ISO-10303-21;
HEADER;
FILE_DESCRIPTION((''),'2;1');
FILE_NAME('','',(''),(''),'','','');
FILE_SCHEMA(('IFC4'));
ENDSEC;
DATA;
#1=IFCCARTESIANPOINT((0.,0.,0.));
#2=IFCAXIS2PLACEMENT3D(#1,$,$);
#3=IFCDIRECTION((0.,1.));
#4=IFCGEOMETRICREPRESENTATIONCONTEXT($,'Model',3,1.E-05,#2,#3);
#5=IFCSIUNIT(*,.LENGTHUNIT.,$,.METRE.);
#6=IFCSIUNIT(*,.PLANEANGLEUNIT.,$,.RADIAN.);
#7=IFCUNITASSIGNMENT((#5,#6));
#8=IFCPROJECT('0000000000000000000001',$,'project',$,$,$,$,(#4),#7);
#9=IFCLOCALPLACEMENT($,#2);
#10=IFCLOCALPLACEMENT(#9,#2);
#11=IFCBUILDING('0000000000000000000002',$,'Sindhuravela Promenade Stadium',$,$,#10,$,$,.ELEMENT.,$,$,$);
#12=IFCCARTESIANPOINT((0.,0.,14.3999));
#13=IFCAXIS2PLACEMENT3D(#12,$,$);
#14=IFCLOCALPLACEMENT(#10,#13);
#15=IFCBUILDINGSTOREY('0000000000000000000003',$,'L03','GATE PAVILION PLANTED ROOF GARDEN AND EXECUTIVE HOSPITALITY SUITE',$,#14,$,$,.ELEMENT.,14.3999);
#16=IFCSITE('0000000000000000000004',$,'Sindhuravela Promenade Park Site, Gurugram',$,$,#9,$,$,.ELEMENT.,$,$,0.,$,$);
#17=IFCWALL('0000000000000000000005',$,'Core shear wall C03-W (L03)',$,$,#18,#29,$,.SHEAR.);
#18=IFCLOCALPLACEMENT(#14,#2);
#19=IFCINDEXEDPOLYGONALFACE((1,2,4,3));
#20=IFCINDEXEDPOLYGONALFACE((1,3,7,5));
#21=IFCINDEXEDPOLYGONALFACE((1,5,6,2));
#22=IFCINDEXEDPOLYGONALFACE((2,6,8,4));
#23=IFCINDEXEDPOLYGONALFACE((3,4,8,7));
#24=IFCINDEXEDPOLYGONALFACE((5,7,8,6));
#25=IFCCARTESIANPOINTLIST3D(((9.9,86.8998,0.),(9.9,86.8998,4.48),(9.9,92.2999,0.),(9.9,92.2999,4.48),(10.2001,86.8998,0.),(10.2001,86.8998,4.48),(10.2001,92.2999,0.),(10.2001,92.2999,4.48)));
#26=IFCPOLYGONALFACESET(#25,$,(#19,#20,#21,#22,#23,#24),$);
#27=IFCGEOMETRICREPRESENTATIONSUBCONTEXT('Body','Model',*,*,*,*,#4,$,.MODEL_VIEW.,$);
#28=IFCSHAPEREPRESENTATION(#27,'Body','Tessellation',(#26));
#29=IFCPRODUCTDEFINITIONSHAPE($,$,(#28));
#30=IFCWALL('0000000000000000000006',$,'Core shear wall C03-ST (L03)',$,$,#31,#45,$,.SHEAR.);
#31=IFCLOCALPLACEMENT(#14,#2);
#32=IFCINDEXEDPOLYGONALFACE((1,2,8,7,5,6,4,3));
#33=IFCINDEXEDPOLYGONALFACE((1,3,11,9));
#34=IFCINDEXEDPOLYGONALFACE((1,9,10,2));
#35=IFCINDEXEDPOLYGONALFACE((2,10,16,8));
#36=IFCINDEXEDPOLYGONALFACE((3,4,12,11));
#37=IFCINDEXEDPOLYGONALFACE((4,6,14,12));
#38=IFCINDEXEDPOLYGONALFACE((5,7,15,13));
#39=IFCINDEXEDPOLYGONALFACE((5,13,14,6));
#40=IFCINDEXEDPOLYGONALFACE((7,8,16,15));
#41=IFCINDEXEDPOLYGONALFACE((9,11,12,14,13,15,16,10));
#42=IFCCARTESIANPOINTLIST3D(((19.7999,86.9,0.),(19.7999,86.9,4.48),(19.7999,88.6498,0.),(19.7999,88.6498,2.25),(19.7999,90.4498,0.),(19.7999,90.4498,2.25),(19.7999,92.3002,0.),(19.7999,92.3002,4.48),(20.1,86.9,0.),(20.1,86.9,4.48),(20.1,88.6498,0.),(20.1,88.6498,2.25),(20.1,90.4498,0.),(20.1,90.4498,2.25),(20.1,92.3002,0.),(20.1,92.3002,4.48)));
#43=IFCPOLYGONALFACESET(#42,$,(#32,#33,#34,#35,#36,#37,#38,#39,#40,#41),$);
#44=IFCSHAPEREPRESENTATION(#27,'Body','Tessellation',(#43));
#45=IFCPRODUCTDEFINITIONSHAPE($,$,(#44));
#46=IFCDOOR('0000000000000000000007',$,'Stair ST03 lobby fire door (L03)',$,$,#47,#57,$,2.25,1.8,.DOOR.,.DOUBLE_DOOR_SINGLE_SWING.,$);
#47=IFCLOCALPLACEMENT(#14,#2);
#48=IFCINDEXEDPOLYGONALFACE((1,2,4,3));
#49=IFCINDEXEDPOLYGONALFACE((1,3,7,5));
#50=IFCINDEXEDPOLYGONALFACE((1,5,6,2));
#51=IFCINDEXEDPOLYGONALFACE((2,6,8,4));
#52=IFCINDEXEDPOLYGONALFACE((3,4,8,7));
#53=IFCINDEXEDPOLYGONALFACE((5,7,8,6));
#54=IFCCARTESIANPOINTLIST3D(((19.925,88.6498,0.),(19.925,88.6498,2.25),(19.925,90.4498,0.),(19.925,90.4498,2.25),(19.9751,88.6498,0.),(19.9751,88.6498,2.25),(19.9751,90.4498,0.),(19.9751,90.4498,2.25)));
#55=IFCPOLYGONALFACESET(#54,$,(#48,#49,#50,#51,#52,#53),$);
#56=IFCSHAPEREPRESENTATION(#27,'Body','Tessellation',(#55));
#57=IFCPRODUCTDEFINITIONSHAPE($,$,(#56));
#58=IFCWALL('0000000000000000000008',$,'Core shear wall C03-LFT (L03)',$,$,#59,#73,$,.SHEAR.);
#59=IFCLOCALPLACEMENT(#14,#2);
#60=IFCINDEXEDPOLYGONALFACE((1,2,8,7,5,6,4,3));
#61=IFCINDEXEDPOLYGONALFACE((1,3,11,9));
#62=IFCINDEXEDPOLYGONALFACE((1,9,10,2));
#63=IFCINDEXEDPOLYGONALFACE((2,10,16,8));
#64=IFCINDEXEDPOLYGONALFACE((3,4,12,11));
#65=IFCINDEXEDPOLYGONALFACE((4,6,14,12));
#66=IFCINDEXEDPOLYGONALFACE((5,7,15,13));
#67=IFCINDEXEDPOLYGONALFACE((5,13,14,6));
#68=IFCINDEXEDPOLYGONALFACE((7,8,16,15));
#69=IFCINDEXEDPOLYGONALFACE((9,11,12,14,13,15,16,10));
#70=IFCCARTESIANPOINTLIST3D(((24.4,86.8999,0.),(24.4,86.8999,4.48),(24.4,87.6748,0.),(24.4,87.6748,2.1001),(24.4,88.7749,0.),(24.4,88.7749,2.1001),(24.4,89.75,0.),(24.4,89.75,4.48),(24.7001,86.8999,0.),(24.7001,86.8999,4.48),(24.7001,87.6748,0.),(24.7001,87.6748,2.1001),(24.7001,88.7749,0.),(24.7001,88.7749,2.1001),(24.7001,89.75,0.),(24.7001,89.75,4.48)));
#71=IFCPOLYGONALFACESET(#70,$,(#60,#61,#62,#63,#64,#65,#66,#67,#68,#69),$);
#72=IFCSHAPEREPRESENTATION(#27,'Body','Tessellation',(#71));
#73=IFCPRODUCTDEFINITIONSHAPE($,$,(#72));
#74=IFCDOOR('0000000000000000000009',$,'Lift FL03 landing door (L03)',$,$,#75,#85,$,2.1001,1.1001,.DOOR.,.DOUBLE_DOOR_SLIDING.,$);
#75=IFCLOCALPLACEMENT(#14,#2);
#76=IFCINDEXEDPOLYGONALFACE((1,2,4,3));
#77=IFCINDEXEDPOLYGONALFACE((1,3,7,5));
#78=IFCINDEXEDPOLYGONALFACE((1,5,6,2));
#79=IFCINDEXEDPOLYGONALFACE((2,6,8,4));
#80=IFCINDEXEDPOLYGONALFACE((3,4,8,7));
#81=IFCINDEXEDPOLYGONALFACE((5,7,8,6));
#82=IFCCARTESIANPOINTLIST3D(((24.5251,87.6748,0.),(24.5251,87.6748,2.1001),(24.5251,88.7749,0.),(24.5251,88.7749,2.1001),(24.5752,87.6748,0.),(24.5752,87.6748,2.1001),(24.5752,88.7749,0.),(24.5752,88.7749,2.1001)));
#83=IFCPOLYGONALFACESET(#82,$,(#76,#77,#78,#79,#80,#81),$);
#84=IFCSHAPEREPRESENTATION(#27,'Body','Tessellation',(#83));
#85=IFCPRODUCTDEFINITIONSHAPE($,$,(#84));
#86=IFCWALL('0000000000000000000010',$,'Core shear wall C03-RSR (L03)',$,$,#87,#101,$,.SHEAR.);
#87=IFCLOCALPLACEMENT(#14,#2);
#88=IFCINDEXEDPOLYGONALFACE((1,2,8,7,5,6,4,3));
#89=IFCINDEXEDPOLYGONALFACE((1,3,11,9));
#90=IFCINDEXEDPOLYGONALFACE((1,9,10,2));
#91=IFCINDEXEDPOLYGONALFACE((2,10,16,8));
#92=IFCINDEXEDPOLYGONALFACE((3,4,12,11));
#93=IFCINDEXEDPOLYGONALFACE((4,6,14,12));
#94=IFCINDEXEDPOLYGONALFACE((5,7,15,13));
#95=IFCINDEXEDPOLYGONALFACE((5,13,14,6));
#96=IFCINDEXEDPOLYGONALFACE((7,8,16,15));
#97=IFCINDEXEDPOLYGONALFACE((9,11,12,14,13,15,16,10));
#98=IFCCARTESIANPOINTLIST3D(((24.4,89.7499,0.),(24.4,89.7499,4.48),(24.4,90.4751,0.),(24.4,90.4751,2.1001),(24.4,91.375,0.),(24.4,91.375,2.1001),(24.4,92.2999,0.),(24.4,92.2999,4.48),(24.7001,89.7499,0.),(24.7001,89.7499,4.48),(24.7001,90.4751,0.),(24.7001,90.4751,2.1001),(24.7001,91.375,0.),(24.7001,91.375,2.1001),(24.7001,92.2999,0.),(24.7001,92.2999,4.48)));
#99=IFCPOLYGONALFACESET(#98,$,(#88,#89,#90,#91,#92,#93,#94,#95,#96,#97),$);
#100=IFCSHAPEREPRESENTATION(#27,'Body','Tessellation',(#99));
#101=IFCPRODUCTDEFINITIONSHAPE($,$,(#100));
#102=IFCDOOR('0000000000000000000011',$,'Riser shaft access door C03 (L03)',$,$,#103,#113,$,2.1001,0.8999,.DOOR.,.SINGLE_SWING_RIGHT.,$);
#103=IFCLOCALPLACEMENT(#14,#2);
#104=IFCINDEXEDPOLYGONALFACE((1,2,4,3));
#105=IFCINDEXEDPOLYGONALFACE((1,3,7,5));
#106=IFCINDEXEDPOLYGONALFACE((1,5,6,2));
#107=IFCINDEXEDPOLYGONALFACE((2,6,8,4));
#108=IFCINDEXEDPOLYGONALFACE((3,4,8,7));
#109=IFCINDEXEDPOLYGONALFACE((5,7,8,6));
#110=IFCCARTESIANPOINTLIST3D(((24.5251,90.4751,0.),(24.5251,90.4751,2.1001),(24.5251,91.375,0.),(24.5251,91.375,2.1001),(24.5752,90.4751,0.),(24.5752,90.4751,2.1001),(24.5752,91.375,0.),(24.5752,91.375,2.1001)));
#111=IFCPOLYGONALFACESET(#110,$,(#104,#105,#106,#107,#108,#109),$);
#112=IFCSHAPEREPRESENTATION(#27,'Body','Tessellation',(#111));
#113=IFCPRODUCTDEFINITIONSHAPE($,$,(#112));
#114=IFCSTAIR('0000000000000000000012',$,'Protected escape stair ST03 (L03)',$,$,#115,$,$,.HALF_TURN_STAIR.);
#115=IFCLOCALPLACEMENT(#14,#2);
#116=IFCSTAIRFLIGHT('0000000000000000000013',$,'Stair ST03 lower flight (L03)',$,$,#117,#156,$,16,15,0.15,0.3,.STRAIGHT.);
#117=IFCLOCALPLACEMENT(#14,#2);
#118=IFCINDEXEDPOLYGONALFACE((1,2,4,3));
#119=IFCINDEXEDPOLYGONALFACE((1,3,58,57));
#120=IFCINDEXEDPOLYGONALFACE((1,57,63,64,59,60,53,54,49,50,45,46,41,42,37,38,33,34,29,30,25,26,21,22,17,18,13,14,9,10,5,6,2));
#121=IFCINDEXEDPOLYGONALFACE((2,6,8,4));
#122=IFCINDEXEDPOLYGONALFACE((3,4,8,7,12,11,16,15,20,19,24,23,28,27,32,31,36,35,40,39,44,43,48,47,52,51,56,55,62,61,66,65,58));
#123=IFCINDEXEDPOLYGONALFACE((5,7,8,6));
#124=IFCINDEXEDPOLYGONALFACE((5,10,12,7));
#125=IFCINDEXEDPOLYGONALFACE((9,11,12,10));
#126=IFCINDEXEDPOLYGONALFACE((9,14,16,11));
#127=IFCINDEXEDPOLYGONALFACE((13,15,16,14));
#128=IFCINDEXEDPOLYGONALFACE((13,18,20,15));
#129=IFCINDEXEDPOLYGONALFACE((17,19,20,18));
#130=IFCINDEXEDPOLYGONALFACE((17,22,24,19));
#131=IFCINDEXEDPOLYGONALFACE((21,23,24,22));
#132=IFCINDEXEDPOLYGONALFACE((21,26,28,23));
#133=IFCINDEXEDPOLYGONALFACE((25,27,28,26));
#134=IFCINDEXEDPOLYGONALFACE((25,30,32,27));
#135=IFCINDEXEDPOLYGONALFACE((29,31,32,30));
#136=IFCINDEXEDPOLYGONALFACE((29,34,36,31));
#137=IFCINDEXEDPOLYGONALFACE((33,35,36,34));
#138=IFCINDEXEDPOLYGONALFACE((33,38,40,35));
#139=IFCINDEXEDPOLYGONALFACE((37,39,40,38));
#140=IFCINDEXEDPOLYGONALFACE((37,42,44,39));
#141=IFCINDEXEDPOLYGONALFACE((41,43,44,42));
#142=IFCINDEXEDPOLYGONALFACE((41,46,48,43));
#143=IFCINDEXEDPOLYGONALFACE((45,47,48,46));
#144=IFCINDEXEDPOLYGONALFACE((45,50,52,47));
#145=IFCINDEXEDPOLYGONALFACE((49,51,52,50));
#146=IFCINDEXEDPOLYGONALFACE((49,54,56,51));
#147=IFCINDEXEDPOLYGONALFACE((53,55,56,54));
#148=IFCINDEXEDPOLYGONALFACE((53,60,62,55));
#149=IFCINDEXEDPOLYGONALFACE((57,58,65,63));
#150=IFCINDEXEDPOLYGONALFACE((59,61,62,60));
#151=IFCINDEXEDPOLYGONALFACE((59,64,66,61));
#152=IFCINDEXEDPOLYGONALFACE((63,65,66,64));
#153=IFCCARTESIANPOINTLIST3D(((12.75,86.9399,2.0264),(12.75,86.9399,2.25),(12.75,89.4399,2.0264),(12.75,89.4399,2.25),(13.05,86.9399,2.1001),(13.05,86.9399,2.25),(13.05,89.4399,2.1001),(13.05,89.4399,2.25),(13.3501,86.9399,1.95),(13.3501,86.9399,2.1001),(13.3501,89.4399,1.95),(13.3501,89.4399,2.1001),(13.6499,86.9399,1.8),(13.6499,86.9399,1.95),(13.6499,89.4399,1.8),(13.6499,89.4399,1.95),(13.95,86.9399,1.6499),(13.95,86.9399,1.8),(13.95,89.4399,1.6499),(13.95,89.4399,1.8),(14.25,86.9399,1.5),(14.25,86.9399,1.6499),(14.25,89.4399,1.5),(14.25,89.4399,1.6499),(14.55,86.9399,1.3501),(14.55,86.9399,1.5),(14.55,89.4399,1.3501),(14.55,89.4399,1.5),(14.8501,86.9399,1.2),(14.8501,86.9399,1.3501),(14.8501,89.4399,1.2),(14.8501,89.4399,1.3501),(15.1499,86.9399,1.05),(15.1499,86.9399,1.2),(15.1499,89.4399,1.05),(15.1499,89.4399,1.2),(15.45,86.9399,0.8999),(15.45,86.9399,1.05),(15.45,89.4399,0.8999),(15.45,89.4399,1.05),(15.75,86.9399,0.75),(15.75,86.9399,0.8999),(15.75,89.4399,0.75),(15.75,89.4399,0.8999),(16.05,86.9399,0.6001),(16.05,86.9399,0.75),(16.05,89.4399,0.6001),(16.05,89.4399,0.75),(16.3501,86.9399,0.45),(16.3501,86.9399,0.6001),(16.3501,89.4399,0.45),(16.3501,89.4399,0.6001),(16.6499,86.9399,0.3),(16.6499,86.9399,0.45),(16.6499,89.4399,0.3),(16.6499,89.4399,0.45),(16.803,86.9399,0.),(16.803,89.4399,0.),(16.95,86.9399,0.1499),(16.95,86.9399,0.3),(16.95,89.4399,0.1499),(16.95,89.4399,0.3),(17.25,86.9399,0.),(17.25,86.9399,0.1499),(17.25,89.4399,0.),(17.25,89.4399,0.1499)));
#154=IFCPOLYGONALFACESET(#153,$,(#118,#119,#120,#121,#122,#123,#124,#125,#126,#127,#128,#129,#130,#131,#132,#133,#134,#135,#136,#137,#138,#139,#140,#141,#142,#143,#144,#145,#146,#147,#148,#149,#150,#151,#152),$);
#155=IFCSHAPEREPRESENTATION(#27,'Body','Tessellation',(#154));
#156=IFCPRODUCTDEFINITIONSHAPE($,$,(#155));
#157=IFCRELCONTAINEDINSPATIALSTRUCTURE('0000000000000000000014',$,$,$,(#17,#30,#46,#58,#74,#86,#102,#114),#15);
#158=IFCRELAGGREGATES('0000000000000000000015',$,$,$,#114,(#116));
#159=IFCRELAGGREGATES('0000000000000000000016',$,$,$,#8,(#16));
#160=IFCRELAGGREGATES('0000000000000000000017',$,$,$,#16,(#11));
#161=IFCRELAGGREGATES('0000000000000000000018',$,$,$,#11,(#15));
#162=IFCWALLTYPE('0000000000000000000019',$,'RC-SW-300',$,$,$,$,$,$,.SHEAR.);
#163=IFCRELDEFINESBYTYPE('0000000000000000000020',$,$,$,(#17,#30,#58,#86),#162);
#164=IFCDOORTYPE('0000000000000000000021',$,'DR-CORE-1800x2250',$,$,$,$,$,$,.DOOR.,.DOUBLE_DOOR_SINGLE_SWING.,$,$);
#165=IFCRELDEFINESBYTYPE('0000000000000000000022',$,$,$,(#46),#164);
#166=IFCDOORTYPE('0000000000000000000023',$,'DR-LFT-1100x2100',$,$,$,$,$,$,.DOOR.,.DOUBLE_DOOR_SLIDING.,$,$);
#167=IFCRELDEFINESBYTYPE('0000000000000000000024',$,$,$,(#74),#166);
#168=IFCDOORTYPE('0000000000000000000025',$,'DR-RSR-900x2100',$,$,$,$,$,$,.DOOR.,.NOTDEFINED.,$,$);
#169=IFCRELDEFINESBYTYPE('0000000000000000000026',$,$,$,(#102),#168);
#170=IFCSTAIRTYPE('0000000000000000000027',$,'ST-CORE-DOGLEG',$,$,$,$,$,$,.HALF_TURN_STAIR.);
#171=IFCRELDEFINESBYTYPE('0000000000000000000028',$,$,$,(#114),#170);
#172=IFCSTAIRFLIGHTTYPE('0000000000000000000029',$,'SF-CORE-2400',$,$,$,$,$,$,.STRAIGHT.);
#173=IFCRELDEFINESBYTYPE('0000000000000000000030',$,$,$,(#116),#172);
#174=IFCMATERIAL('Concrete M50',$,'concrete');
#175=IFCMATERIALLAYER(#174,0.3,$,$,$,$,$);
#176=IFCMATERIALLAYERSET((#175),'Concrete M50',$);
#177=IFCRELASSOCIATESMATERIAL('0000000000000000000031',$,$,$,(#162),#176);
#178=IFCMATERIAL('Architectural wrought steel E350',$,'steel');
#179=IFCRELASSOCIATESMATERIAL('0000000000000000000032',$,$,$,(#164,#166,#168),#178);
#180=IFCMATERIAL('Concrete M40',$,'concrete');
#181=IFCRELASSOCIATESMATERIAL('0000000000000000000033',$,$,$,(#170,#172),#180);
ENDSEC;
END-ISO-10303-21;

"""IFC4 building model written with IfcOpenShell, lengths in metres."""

from ifc_helpers import new_model, si_unit, direction, frame, frame_2d, origin, place, context, subcontext, project, spatial, polyline, rectangle, outline, extrude, material, layer, layer_set, type_object, element, fill, aggregate, save


model = new_model("IFC4")

# Units and contexts
model_context = context("Model", 3, precision=1e-05, world=origin(), true_north=direction((0.0, 1.0)))
body_context = subcontext(model_context, "Body", "Model", "MODEL_VIEW")
ifc_project = project(units=[si_unit("LENGTHUNIT", "METRE"), si_unit("PLANEANGLEUNIT", "RADIAN")], contexts=[model_context])

# Site, building, storey
site_placement = place(None, origin())
site = spatial("IfcSite", under=ifc_project, at=site_placement, Name="Sindhuravela Promenade Park Site, Gurugram", CompositionType="ELEMENT", RefElevation=0.0)
building_placement = place(site_placement, origin())
building = spatial("IfcBuilding", under=site, at=building_placement, Name="Sindhuravela Promenade Stadium", CompositionType="ELEMENT")
storey_placement = place(building_placement, frame((0.0, 0.0, 14.3999)))
storey = spatial("IfcBuildingStorey", under=building, at=storey_placement, Name="L03", Description="GATE PAVILION PLANTED ROOF GARDEN AND EXECUTIVE HOSPITALITY SUITE", CompositionType="ELEMENT", Elevation=14.3999)

# Shared definitions
ifc_material_1 = material(Name="Concrete M50", Category="concrete")
ifc_material_2 = material(Name="Concrete M40", Category="concrete")

# Shared definitions
ifc_layer_1 = layer(ifc_material_1, 0.3)
ifc_layer_set_1 = layer_set([ifc_layer_1], Name="Concrete M50")
wall_type_1 = type_object("IfcWallType", Name="RC-SW-300", PredefinedType="SHEAR", material=ifc_layer_set_1)
ifc_material_3 = material(Name="Architectural wrought steel E350", Category="steel")

# Wall
wall_1_placement = place(storey_placement, frame((10.05, 92.3, 0.0), z_axis=(0.0, 0.0, 1.0), x_axis=(0.0, -1.0, 0.0)))
element("IfcWall", 1, at=wall_1_placement, inside=storey, type_object=wall_type_1, Name="Core shear wall C03-W (L03)", PredefinedType="SHEAR", context=body_context, shape_type="SweptSolid", body=[
    extrude(rectangle(XDim=5.4001, YDim=0.3, at=frame_2d((2.7002, 0.0))), origin(), (0.0, 0.0, 1.0), 4.48),
])

# Walls, openings, doors
wall_2_placement = place(storey_placement, frame((19.95, 86.8999, 0.0), z_axis=(0.0, 0.0, 1.0), x_axis=(0.0, 1.0, 0.0)))
wall_2 = element("IfcWall", 2, at=wall_2_placement, inside=storey, type_object=wall_type_1, Name="Core shear wall C03-ST (L03)", PredefinedType="SHEAR", context=body_context, shape_type="SweptSolid", body=[
    extrude(rectangle(XDim=5.4001, YDim=0.3, at=frame_2d((2.7002, 0.0))), origin(), (0.0, 0.0, 1.0), 4.48),
])
opening_1_placement = place(wall_2_placement, frame((1.75, 0.0, 0.0)))
opening_1 = element("IfcOpeningElement", 3, at=opening_1_placement, cuts=wall_2, PredefinedType="OPENING", context=body_context, shape_type="SweptSolid", body=[
    extrude(rectangle(XDim=1.8, YDim=2.25, at=frame_2d((0.8999, 1.125))), frame((0.0, 0.1599, 0.0), z_axis=(0.0, -1.0, 0.0), x_axis=(1.0, 0.0, 0.0)), (0.0, 0.0, 1.0), 0.3201),
])
door_type_1 = type_object("IfcDoorType", Name="DR-CORE-1800x2250", OperationType="DOUBLE_DOOR_SINGLE_SWING", PredefinedType="DOOR", material=ifc_material_3)
door_1_placement = place(opening_1_placement, origin())
door_1 = element("IfcDoor", 4, at=door_1_placement, inside=storey, type_object=door_type_1, Name="Stair ST03 lobby fire door (L03)", OperationType="DOUBLE_DOOR_SINGLE_SWING", OverallHeight=2.25, OverallWidth=1.8, PredefinedType="DOOR", context=body_context, shape_type="SweptSolid", body=[
    extrude(rectangle(XDim=1.8, YDim=2.25, at=frame_2d((0.8999, 1.125))), frame((0.0, 0.0249, 0.0), z_axis=(0.0, -1.0, 0.0), x_axis=(1.0, 0.0, 0.0)), (0.0, 0.0, 1.0), 0.05),
])
fill(opening_1, door_1)
wall_3_placement = place(storey_placement, frame((24.55, 86.8999, 0.0), z_axis=(0.0, 0.0, 1.0), x_axis=(0.0, 1.0, 0.0)))
wall_3 = element("IfcWall", 5, at=wall_3_placement, inside=storey, type_object=wall_type_1, Name="Core shear wall C03-LFT (L03)", PredefinedType="SHEAR", context=body_context, shape_type="SweptSolid", body=[
    extrude(rectangle(XDim=2.8501, YDim=0.3, at=frame_2d((1.425, 0.0))), origin(), (0.0, 0.0, 1.0), 4.48),
])
opening_2_placement = place(wall_3_placement, frame((0.7749, 0.0, 0.0)))
opening_2 = element("IfcOpeningElement", 6, at=opening_2_placement, cuts=wall_3, PredefinedType="OPENING", context=body_context, shape_type="SweptSolid", body=[
    extrude(rectangle(XDim=1.1001, YDim=2.1001, at=frame_2d((0.55, 1.05))), frame((0.0, 0.1599, 0.0), z_axis=(0.0, -1.0, 0.0), x_axis=(1.0, 0.0, 0.0)), (0.0, 0.0, 1.0), 0.3201),
])
door_type_2 = type_object("IfcDoorType", Name="DR-LFT-1100x2100", OperationType="DOUBLE_DOOR_SLIDING", PredefinedType="DOOR", material=ifc_material_3)
door_2_placement = place(opening_2_placement, origin())
door_2 = element("IfcDoor", 7, at=door_2_placement, inside=storey, type_object=door_type_2, Name="Lift FL03 landing door (L03)", OperationType="DOUBLE_DOOR_SLIDING", OverallHeight=2.1001, OverallWidth=1.1001, PredefinedType="DOOR", context=body_context, shape_type="SweptSolid", body=[
    extrude(rectangle(XDim=1.1001, YDim=2.1001, at=frame_2d((0.55, 1.05))), frame((0.0, 0.0249, 0.0), z_axis=(0.0, -1.0, 0.0), x_axis=(1.0, 0.0, 0.0)), (0.0, 0.0, 1.0), 0.05),
])
fill(opening_2, door_2)
wall_4_placement = place(storey_placement, frame((24.55, 89.75, 0.0), z_axis=(0.0, 0.0, 1.0), x_axis=(0.0, 1.0, 0.0)))
wall_4 = element("IfcWall", 8, at=wall_4_placement, inside=storey, type_object=wall_type_1, Name="Core shear wall C03-RSR (L03)", PredefinedType="SHEAR", context=body_context, shape_type="SweptSolid", body=[
    extrude(rectangle(XDim=2.55, YDim=0.3, at=frame_2d((1.2749, 0.0))), origin(), (0.0, 0.0, 1.0), 4.48),
])
opening_3_placement = place(wall_4_placement, frame((0.7251, 0.0, 0.0)))
opening_3 = element("IfcOpeningElement", 9, at=opening_3_placement, cuts=wall_4, PredefinedType="OPENING", context=body_context, shape_type="SweptSolid", body=[
    extrude(rectangle(XDim=0.8999, YDim=2.1001, at=frame_2d((0.45, 1.05))), frame((0.0, 0.1599, 0.0), z_axis=(0.0, -1.0, 0.0), x_axis=(1.0, 0.0, 0.0)), (0.0, 0.0, 1.0), 0.3201),
])
door_type_3 = type_object("IfcDoorType", Name="DR-RSR-900x2100", OperationType="NOTDEFINED", PredefinedType="DOOR", material=ifc_material_3)
door_3_placement = place(opening_3_placement, origin())
door_3 = element("IfcDoor", 10, at=door_3_placement, inside=storey, type_object=door_type_3, Name="Riser shaft access door C03 (L03)", OperationType="SINGLE_SWING_RIGHT", OverallHeight=2.1001, OverallWidth=0.8999, PredefinedType="DOOR", context=body_context, shape_type="SweptSolid", body=[
    extrude(rectangle(XDim=0.8999, YDim=2.1001, at=frame_2d((0.45, 1.05))), frame((0.0, 0.0249, 0.0), z_axis=(0.0, -1.0, 0.0), x_axis=(1.0, 0.0, 0.0)), (0.0, 0.0, 1.0), 0.05),
])
fill(opening_3, door_3)

# Stair, stair flight
stair_type = type_object("IfcStairType", Name="ST-CORE-DOGLEG", PredefinedType="HALF_TURN_STAIR", material=ifc_material_2)
stair_placement = place(storey_placement, origin())
stair = element("IfcStair", 11, at=stair_placement, inside=storey, type_object=stair_type, Name="Protected escape stair ST03 (L03)", PredefinedType="HALF_TURN_STAIR")
stair_flight_type = type_object("IfcStairFlightType", Name="SF-CORE-2400", PredefinedType="STRAIGHT", material=ifc_material_2)
stair_flight_1_placement = place(storey_placement, frame((17.25, 88.1899, 0.0), z_axis=(0.0, 0.0, 1.0), x_axis=(-1.0, 0.0, 0.0)))
stair_flight_1 = element("IfcStairFlight", 12, at=stair_flight_1_placement, type_object=stair_flight_type, Name="Stair ST03 lower flight (L03)", NumberOfRisers=16, NumberOfTreads=15, PredefinedType="STRAIGHT", RiserHeight=0.15, TreadLength=0.3, context=body_context, shape_type="SweptSolid", body=[
    extrude(outline(polyline([(0.0, 0.0), (0.0, 0.1499), (0.3, 0.1499), (0.3, 0.3), (0.6001, 0.3), (0.6001, 0.45), (0.8999, 0.45), (0.8999, 0.6001), (1.2, 0.6001), (1.2, 0.75), (1.5, 0.75), (1.5, 0.8999), (1.8, 0.8999), (1.8, 1.05), (2.1001, 1.05), (2.1001, 1.2), (2.3999, 1.2), (2.3999, 1.3501), (2.7, 1.3501), (2.7, 1.5), (3.0, 1.5), (3.0, 1.6499), (3.3, 1.6499), (3.3, 1.8), (3.6001, 1.8), (3.6001, 1.95), (3.8999, 1.95), (3.8999, 2.1001), (4.2, 2.1001), (4.2, 2.25), (4.5, 2.25), (4.5, 2.3999), (4.5, 2.0264), (0.447, 0.0), (0.0, 0.0)])), frame((0.0, 1.25, 0.0), z_axis=(0.0, -1.0, 0.0), x_axis=(1.0, 0.0, 0.0)), (0.0, 0.0, 1.0), 2.5),
])
aggregate(stair, [stair_flight_1])

save(model, "model.ifc")
